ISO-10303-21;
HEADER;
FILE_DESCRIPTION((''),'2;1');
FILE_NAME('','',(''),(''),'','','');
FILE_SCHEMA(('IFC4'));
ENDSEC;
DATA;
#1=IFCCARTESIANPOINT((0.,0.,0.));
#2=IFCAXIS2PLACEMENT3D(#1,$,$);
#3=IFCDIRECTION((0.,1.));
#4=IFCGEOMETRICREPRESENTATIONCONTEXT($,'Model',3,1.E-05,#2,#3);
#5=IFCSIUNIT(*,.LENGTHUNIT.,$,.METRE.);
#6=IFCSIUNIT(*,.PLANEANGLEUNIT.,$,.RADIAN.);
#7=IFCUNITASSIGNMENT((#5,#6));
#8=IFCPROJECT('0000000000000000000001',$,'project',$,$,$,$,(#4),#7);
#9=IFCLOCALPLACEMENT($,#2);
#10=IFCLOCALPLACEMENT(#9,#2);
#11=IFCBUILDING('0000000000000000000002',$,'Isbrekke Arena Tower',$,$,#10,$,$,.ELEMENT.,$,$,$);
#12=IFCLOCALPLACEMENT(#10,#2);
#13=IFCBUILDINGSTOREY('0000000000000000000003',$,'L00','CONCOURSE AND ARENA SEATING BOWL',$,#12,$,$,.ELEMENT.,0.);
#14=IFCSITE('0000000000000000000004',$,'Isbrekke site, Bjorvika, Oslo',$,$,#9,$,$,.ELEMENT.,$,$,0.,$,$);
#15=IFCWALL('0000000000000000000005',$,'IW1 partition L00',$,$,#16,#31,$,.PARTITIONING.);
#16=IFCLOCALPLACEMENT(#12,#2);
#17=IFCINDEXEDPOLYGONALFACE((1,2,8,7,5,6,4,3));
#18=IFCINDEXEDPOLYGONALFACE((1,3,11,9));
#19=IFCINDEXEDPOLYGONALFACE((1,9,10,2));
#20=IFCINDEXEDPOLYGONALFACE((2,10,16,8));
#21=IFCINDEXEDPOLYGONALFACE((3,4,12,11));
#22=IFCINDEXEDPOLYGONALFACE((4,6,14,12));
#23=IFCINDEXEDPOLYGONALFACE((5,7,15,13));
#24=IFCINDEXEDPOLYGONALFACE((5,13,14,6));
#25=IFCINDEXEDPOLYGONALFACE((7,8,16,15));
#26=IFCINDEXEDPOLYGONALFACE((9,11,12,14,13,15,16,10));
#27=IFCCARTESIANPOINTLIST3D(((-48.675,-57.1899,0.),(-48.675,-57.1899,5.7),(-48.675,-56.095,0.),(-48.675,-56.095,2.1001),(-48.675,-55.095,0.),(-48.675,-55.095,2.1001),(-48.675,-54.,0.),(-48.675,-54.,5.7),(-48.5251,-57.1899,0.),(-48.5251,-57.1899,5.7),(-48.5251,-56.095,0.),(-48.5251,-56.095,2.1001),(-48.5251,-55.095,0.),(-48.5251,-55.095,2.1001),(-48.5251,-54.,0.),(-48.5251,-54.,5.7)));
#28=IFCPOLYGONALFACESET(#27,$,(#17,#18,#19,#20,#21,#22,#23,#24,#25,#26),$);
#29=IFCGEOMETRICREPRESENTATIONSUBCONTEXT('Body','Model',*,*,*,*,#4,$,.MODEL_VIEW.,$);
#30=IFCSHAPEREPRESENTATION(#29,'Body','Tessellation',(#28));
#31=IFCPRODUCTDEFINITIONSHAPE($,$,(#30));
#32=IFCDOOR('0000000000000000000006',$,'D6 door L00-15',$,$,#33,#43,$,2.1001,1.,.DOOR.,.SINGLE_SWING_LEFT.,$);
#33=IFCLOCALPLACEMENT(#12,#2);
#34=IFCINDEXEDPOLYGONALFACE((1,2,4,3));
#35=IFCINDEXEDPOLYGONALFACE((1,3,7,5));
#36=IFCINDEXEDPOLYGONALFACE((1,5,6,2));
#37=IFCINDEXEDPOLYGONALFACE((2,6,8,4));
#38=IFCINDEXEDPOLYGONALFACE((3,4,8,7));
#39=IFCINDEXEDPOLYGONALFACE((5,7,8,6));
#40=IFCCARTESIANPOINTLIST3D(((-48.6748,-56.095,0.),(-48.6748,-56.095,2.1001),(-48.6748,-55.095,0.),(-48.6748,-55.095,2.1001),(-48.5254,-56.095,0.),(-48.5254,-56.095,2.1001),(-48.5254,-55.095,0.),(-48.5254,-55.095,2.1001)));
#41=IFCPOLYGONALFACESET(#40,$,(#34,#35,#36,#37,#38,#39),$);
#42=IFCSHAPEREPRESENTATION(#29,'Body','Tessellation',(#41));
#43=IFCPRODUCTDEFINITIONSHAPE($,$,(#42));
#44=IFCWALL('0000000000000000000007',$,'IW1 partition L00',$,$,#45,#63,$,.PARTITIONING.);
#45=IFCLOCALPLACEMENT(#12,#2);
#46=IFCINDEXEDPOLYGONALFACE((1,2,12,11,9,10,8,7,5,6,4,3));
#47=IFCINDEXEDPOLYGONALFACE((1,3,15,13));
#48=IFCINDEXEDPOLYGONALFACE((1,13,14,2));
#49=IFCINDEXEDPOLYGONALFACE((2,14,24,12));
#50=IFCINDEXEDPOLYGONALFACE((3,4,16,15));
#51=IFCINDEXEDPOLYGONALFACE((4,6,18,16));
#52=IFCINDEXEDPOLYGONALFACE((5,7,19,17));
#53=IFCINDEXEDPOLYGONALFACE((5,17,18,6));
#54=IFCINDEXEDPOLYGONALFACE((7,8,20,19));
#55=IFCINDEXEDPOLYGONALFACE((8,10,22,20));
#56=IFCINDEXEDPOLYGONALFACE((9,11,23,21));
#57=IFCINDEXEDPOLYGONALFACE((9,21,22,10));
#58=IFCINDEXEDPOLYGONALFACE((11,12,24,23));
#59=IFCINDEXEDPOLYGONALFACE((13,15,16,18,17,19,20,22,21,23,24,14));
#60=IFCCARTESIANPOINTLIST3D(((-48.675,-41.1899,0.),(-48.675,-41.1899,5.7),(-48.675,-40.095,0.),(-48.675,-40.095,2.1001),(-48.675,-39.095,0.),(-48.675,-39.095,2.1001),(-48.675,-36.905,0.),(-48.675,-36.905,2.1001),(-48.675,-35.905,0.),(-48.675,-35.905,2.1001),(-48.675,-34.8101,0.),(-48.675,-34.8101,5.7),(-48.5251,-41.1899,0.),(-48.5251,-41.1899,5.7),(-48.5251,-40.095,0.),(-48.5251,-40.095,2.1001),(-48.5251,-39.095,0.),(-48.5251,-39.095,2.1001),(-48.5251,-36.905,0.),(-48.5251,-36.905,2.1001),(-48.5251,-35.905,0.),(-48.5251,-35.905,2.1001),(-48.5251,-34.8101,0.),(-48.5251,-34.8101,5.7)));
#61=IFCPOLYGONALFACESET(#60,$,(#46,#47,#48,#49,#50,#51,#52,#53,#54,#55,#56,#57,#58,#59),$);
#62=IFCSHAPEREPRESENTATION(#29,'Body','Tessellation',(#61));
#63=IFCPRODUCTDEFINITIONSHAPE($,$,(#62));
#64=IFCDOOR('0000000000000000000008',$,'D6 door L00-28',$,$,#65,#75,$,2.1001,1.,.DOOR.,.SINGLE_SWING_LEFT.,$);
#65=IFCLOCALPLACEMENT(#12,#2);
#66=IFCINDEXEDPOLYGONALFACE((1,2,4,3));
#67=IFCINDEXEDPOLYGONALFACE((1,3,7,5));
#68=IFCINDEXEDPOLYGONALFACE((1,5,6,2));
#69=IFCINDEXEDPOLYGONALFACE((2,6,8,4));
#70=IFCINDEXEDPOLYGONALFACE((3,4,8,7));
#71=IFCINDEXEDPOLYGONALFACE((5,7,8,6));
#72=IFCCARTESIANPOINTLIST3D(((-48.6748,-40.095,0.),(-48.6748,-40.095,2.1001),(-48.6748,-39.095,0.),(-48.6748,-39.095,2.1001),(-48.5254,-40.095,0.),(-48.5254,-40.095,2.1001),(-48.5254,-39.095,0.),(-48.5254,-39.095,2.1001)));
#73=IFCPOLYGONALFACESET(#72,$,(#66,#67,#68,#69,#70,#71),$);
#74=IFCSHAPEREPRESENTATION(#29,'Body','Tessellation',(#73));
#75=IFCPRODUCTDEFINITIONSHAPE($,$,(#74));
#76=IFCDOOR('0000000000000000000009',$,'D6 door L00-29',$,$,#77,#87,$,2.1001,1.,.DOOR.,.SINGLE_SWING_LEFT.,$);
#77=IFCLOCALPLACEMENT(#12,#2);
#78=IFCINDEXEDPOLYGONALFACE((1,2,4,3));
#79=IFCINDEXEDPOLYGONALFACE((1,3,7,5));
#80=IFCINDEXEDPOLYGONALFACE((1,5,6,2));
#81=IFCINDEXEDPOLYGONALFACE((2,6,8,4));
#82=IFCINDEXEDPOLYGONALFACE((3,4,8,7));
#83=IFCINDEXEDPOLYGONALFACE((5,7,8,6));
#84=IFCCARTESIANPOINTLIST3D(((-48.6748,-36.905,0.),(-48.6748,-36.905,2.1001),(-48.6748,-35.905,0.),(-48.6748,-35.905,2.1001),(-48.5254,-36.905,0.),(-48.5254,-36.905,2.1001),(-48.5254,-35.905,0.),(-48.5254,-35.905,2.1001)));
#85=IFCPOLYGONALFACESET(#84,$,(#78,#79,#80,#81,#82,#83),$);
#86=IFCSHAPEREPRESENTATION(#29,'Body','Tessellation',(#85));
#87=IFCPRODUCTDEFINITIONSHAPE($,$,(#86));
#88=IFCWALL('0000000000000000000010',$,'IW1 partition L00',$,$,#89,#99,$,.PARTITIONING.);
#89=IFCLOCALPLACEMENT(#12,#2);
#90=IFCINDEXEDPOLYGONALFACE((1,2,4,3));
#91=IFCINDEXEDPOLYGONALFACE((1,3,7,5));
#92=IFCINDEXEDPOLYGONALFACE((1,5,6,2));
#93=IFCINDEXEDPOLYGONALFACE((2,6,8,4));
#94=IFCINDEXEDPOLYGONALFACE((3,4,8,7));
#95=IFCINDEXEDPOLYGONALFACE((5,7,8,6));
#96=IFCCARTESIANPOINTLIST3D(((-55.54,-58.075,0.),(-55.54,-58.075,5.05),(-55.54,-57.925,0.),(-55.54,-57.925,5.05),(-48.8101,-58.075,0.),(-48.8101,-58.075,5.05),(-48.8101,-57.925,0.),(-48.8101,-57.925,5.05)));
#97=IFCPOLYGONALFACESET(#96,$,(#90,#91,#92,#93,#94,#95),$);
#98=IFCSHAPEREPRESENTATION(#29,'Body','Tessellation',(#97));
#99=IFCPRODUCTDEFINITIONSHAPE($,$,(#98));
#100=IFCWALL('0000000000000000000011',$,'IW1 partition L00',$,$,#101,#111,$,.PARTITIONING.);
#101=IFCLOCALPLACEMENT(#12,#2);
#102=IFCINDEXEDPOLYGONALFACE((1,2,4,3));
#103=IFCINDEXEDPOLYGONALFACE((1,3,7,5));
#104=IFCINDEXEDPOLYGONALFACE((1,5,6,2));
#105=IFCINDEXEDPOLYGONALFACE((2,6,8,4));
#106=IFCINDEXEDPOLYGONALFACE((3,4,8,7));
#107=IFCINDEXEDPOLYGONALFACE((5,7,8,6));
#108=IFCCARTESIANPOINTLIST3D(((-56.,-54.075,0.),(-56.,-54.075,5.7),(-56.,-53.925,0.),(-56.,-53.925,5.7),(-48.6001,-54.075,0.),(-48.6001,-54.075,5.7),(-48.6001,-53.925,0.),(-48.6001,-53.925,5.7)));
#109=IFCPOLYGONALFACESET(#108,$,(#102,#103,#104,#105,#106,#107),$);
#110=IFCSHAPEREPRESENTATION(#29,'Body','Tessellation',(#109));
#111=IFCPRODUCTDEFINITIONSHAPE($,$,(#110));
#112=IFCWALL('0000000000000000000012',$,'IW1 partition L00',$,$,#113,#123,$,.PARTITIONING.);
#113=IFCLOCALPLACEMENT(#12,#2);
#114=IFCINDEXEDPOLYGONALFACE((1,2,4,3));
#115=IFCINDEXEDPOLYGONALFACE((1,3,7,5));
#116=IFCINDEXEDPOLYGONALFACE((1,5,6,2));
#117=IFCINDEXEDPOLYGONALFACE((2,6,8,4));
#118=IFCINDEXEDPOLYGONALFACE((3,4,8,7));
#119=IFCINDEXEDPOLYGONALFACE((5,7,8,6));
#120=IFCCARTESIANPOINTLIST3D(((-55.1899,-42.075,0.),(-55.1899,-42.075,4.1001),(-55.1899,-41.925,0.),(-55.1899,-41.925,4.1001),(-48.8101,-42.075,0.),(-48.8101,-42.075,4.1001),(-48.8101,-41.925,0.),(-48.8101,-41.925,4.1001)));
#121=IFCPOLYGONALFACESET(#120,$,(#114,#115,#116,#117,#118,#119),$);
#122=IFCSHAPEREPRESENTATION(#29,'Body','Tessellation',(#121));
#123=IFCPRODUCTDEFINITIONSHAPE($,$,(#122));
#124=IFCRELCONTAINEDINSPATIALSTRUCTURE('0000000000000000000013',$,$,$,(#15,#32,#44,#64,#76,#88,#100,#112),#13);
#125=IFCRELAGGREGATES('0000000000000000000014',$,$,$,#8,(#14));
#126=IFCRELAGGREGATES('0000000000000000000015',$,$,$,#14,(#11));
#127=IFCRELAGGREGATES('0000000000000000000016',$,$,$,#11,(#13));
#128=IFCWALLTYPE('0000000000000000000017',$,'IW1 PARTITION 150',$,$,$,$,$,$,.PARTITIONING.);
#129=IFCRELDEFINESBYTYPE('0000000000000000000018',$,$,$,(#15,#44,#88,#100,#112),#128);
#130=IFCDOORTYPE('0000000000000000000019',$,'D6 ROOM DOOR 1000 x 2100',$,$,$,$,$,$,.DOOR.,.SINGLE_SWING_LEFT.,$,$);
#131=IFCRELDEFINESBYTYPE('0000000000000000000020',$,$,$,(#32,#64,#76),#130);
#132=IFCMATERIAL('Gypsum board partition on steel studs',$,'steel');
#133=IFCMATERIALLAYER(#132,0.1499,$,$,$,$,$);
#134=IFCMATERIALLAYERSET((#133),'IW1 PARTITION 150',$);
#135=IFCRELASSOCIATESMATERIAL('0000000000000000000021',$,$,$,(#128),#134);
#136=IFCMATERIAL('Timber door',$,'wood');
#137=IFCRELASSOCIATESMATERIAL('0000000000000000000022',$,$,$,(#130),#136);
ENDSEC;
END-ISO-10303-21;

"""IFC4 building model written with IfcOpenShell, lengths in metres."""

from ifc_helpers import new_model, si_unit, direction, frame, frame_2d, origin, place, context, subcontext, project, spatial, rectangle, extrude, material, layer, layer_set, type_object, element, fill, save


model = new_model("IFC4")

# Units and contexts
model_context = context("Model", 3, precision=1e-05, world=origin(), true_north=direction((0.0, 1.0)))
body_context = subcontext(model_context, "Body", "Model", "MODEL_VIEW")
ifc_project = project(units=[si_unit("LENGTHUNIT", "METRE"), si_unit("PLANEANGLEUNIT", "RADIAN")], contexts=[model_context])

# Site, building, storey
site_placement = place(None, origin())
site = spatial("IfcSite", under=ifc_project, at=site_placement, Name="Isbrekke site, Bjorvika, Oslo", CompositionType="ELEMENT", RefElevation=0.0)
building_placement = place(site_placement, origin())
building = spatial("IfcBuilding", under=site, at=building_placement, Name="Isbrekke Arena Tower", CompositionType="ELEMENT")
storey_placement = place(building_placement, origin())
storey = spatial("IfcBuildingStorey", under=building, at=storey_placement, Name="L00", Description="CONCOURSE AND ARENA SEATING BOWL", CompositionType="ELEMENT", Elevation=0.0)

# Wall, opening, door
ifc_material_1 = material(Name="Gypsum board partition on steel studs", Category="steel")
ifc_layer = layer(ifc_material_1, 0.1499)
ifc_layer_set = layer_set([ifc_layer], Name="IW1 PARTITION 150")
wall_type = type_object("IfcWallType", Name="IW1 PARTITION 150", PredefinedType="PARTITIONING", material=ifc_layer_set)
wall_1_placement = place(storey_placement, frame((-48.6001, -57.1899, 0.0), z_axis=(0.0, 0.0, 1.0), x_axis=(0.0, 1.0, 0.0)))
wall_1 = element("IfcWall", 1, at=wall_1_placement, inside=storey, type_object=wall_type, Name="IW1 partition L00", PredefinedType="PARTITIONING", context=body_context, shape_type="SweptSolid", body=[
    extrude(rectangle(XDim=3.1899, YDim=0.1499, at=frame_2d((1.595, 0.0))), origin(), (0.0, 0.0, 1.0), 5.7),
])
opening_1_placement = place(wall_1_placement, frame((1.095, 0.0, 0.0)))
opening_1 = element("IfcOpeningElement", 2, at=opening_1_placement, cuts=wall_1, PredefinedType="OPENING", context=body_context, shape_type="SweptSolid", body=[
    extrude(rectangle(XDim=1.0, YDim=2.1001, at=frame_2d((0.5, 1.05))), frame((0.0, 0.0898, 0.0), z_axis=(0.0, -1.0, 0.0), x_axis=(1.0, 0.0, 0.0)), (0.0, 0.0, 1.0), 0.1797),
])
ifc_material_2 = material(Name="Timber door", Category="wood")
door_type = type_object("IfcDoorType", Name="D6 ROOM DOOR 1000 x 2100", OperationType="SINGLE_SWING_LEFT", PredefinedType="DOOR", material=ifc_material_2)
door_1_placement = place(opening_1_placement, origin())
door_1 = element("IfcDoor", 3, at=door_1_placement, inside=storey, type_object=door_type, Name="D6 door L00-15", OperationType="SINGLE_SWING_LEFT", OverallHeight=2.1001, OverallWidth=1.0, PredefinedType="DOOR", context=body_context, shape_type="SweptSolid", body=[
    extrude(rectangle(XDim=1.0, YDim=2.1001, at=frame_2d((0.5, 1.05))), frame((0.0, 0.0747, 0.0), z_axis=(0.0, -1.0, 0.0), x_axis=(1.0, 0.0, 0.0)), (0.0, 0.0, 1.0), 0.1494),
])
fill(opening_1, door_1)

# Wall, openings, doors
wall_2_placement = place(storey_placement, frame((-48.6001, -41.1899, 0.0), z_axis=(0.0, 0.0, 1.0), x_axis=(0.0, 1.0, 0.0)))
wall_2 = element("IfcWall", 4, at=wall_2_placement, inside=storey, type_object=wall_type, Name="IW1 partition L00", PredefinedType="PARTITIONING", context=body_context, shape_type="SweptSolid", body=[
    extrude(rectangle(XDim=6.3799, YDim=0.1499, at=frame_2d((3.1899, 0.0))), origin(), (0.0, 0.0, 1.0), 5.7),
])
opening_2_placement = place(wall_2_placement, frame((1.095, 0.0, 0.0)))
opening_2 = element("IfcOpeningElement", 5, at=opening_2_placement, cuts=wall_2, PredefinedType="OPENING", context=body_context, shape_type="SweptSolid", body=[
    extrude(rectangle(XDim=1.0, YDim=2.1001, at=frame_2d((0.5, 1.05))), frame((0.0, 0.0898, 0.0), z_axis=(0.0, -1.0, 0.0), x_axis=(1.0, 0.0, 0.0)), (0.0, 0.0, 1.0), 0.1797),
])
opening_3_placement = place(wall_2_placement, frame((4.2849, 0.0, 0.0)))
opening_3 = element("IfcOpeningElement", 6, at=opening_3_placement, cuts=wall_2, PredefinedType="OPENING", context=body_context, shape_type="SweptSolid", body=[
    extrude(rectangle(XDim=1.0, YDim=2.1001, at=frame_2d((0.5, 1.05))), frame((0.0, 0.0898, 0.0), z_axis=(0.0, -1.0, 0.0), x_axis=(1.0, 0.0, 0.0)), (0.0, 0.0, 1.0), 0.1797),
])
door_2_placement = place(opening_2_placement, origin())
door_2 = element("IfcDoor", 7, at=door_2_placement, inside=storey, type_object=door_type, Name="D6 door L00-28", OperationType="SINGLE_SWING_LEFT", OverallHeight=2.1001, OverallWidth=1.0, PredefinedType="DOOR", context=body_context, shape_type="SweptSolid", body=[
    extrude(rectangle(XDim=1.0, YDim=2.1001, at=frame_2d((0.5, 1.05))), frame((0.0, 0.0747, 0.0), z_axis=(0.0, -1.0, 0.0), x_axis=(1.0, 0.0, 0.0)), (0.0, 0.0, 1.0), 0.1494),
])
fill(opening_2, door_2)
door_3_placement = place(opening_3_placement, origin())
door_3 = element("IfcDoor", 8, at=door_3_placement, inside=storey, type_object=door_type, Name="D6 door L00-29", OperationType="SINGLE_SWING_LEFT", OverallHeight=2.1001, OverallWidth=1.0, PredefinedType="DOOR", context=body_context, shape_type="SweptSolid", body=[
    extrude(rectangle(XDim=1.0, YDim=2.1001, at=frame_2d((0.5, 1.05))), frame((0.0, 0.0747, 0.0), z_axis=(0.0, -1.0, 0.0), x_axis=(1.0, 0.0, 0.0)), (0.0, 0.0, 1.0), 0.1494),
])
fill(opening_3, door_3)

# Walls
wall_3_placement = place(storey_placement, frame((-55.54, -58.0, 0.0), z_axis=(0.0, 0.0, 1.0), x_axis=(1.0, 0.0, 0.0)))
element("IfcWall", 9, at=wall_3_placement, inside=storey, type_object=wall_type, Name="IW1 partition L00", PredefinedType="PARTITIONING", context=body_context, shape_type="SweptSolid", body=[
    extrude(rectangle(XDim=6.73, YDim=0.1499, at=frame_2d((3.365, 0.0))), origin(), (0.0, 0.0, 1.0), 5.05),
])
wall_4_placement = place(storey_placement, frame((-56.0, -54.0, 0.0), z_axis=(0.0, 0.0, 1.0), x_axis=(1.0, 0.0, 0.0)))
element("IfcWall", 10, at=wall_4_placement, inside=storey, type_object=wall_type, Name="IW1 partition L00", PredefinedType="PARTITIONING", context=body_context, shape_type="SweptSolid", body=[
    extrude(rectangle(XDim=7.3999, YDim=0.1499, at=frame_2d((3.7, 0.0))), origin(), (0.0, 0.0, 1.0), 5.7),
])
wall_5_placement = place(storey_placement, frame((-55.1899, -42.0, 0.0), z_axis=(0.0, 0.0, 1.0), x_axis=(1.0, 0.0, 0.0)))
element("IfcWall", 11, at=wall_5_placement, inside=storey, type_object=wall_type, Name="IW1 partition L00", PredefinedType="PARTITIONING", context=body_context, shape_type="SweptSolid", body=[
    extrude(rectangle(XDim=6.3799, YDim=0.1499, at=frame_2d((3.1899, 0.0))), origin(), (0.0, 0.0, 1.0), 4.1001),
])

save(model, "model.ifc")
